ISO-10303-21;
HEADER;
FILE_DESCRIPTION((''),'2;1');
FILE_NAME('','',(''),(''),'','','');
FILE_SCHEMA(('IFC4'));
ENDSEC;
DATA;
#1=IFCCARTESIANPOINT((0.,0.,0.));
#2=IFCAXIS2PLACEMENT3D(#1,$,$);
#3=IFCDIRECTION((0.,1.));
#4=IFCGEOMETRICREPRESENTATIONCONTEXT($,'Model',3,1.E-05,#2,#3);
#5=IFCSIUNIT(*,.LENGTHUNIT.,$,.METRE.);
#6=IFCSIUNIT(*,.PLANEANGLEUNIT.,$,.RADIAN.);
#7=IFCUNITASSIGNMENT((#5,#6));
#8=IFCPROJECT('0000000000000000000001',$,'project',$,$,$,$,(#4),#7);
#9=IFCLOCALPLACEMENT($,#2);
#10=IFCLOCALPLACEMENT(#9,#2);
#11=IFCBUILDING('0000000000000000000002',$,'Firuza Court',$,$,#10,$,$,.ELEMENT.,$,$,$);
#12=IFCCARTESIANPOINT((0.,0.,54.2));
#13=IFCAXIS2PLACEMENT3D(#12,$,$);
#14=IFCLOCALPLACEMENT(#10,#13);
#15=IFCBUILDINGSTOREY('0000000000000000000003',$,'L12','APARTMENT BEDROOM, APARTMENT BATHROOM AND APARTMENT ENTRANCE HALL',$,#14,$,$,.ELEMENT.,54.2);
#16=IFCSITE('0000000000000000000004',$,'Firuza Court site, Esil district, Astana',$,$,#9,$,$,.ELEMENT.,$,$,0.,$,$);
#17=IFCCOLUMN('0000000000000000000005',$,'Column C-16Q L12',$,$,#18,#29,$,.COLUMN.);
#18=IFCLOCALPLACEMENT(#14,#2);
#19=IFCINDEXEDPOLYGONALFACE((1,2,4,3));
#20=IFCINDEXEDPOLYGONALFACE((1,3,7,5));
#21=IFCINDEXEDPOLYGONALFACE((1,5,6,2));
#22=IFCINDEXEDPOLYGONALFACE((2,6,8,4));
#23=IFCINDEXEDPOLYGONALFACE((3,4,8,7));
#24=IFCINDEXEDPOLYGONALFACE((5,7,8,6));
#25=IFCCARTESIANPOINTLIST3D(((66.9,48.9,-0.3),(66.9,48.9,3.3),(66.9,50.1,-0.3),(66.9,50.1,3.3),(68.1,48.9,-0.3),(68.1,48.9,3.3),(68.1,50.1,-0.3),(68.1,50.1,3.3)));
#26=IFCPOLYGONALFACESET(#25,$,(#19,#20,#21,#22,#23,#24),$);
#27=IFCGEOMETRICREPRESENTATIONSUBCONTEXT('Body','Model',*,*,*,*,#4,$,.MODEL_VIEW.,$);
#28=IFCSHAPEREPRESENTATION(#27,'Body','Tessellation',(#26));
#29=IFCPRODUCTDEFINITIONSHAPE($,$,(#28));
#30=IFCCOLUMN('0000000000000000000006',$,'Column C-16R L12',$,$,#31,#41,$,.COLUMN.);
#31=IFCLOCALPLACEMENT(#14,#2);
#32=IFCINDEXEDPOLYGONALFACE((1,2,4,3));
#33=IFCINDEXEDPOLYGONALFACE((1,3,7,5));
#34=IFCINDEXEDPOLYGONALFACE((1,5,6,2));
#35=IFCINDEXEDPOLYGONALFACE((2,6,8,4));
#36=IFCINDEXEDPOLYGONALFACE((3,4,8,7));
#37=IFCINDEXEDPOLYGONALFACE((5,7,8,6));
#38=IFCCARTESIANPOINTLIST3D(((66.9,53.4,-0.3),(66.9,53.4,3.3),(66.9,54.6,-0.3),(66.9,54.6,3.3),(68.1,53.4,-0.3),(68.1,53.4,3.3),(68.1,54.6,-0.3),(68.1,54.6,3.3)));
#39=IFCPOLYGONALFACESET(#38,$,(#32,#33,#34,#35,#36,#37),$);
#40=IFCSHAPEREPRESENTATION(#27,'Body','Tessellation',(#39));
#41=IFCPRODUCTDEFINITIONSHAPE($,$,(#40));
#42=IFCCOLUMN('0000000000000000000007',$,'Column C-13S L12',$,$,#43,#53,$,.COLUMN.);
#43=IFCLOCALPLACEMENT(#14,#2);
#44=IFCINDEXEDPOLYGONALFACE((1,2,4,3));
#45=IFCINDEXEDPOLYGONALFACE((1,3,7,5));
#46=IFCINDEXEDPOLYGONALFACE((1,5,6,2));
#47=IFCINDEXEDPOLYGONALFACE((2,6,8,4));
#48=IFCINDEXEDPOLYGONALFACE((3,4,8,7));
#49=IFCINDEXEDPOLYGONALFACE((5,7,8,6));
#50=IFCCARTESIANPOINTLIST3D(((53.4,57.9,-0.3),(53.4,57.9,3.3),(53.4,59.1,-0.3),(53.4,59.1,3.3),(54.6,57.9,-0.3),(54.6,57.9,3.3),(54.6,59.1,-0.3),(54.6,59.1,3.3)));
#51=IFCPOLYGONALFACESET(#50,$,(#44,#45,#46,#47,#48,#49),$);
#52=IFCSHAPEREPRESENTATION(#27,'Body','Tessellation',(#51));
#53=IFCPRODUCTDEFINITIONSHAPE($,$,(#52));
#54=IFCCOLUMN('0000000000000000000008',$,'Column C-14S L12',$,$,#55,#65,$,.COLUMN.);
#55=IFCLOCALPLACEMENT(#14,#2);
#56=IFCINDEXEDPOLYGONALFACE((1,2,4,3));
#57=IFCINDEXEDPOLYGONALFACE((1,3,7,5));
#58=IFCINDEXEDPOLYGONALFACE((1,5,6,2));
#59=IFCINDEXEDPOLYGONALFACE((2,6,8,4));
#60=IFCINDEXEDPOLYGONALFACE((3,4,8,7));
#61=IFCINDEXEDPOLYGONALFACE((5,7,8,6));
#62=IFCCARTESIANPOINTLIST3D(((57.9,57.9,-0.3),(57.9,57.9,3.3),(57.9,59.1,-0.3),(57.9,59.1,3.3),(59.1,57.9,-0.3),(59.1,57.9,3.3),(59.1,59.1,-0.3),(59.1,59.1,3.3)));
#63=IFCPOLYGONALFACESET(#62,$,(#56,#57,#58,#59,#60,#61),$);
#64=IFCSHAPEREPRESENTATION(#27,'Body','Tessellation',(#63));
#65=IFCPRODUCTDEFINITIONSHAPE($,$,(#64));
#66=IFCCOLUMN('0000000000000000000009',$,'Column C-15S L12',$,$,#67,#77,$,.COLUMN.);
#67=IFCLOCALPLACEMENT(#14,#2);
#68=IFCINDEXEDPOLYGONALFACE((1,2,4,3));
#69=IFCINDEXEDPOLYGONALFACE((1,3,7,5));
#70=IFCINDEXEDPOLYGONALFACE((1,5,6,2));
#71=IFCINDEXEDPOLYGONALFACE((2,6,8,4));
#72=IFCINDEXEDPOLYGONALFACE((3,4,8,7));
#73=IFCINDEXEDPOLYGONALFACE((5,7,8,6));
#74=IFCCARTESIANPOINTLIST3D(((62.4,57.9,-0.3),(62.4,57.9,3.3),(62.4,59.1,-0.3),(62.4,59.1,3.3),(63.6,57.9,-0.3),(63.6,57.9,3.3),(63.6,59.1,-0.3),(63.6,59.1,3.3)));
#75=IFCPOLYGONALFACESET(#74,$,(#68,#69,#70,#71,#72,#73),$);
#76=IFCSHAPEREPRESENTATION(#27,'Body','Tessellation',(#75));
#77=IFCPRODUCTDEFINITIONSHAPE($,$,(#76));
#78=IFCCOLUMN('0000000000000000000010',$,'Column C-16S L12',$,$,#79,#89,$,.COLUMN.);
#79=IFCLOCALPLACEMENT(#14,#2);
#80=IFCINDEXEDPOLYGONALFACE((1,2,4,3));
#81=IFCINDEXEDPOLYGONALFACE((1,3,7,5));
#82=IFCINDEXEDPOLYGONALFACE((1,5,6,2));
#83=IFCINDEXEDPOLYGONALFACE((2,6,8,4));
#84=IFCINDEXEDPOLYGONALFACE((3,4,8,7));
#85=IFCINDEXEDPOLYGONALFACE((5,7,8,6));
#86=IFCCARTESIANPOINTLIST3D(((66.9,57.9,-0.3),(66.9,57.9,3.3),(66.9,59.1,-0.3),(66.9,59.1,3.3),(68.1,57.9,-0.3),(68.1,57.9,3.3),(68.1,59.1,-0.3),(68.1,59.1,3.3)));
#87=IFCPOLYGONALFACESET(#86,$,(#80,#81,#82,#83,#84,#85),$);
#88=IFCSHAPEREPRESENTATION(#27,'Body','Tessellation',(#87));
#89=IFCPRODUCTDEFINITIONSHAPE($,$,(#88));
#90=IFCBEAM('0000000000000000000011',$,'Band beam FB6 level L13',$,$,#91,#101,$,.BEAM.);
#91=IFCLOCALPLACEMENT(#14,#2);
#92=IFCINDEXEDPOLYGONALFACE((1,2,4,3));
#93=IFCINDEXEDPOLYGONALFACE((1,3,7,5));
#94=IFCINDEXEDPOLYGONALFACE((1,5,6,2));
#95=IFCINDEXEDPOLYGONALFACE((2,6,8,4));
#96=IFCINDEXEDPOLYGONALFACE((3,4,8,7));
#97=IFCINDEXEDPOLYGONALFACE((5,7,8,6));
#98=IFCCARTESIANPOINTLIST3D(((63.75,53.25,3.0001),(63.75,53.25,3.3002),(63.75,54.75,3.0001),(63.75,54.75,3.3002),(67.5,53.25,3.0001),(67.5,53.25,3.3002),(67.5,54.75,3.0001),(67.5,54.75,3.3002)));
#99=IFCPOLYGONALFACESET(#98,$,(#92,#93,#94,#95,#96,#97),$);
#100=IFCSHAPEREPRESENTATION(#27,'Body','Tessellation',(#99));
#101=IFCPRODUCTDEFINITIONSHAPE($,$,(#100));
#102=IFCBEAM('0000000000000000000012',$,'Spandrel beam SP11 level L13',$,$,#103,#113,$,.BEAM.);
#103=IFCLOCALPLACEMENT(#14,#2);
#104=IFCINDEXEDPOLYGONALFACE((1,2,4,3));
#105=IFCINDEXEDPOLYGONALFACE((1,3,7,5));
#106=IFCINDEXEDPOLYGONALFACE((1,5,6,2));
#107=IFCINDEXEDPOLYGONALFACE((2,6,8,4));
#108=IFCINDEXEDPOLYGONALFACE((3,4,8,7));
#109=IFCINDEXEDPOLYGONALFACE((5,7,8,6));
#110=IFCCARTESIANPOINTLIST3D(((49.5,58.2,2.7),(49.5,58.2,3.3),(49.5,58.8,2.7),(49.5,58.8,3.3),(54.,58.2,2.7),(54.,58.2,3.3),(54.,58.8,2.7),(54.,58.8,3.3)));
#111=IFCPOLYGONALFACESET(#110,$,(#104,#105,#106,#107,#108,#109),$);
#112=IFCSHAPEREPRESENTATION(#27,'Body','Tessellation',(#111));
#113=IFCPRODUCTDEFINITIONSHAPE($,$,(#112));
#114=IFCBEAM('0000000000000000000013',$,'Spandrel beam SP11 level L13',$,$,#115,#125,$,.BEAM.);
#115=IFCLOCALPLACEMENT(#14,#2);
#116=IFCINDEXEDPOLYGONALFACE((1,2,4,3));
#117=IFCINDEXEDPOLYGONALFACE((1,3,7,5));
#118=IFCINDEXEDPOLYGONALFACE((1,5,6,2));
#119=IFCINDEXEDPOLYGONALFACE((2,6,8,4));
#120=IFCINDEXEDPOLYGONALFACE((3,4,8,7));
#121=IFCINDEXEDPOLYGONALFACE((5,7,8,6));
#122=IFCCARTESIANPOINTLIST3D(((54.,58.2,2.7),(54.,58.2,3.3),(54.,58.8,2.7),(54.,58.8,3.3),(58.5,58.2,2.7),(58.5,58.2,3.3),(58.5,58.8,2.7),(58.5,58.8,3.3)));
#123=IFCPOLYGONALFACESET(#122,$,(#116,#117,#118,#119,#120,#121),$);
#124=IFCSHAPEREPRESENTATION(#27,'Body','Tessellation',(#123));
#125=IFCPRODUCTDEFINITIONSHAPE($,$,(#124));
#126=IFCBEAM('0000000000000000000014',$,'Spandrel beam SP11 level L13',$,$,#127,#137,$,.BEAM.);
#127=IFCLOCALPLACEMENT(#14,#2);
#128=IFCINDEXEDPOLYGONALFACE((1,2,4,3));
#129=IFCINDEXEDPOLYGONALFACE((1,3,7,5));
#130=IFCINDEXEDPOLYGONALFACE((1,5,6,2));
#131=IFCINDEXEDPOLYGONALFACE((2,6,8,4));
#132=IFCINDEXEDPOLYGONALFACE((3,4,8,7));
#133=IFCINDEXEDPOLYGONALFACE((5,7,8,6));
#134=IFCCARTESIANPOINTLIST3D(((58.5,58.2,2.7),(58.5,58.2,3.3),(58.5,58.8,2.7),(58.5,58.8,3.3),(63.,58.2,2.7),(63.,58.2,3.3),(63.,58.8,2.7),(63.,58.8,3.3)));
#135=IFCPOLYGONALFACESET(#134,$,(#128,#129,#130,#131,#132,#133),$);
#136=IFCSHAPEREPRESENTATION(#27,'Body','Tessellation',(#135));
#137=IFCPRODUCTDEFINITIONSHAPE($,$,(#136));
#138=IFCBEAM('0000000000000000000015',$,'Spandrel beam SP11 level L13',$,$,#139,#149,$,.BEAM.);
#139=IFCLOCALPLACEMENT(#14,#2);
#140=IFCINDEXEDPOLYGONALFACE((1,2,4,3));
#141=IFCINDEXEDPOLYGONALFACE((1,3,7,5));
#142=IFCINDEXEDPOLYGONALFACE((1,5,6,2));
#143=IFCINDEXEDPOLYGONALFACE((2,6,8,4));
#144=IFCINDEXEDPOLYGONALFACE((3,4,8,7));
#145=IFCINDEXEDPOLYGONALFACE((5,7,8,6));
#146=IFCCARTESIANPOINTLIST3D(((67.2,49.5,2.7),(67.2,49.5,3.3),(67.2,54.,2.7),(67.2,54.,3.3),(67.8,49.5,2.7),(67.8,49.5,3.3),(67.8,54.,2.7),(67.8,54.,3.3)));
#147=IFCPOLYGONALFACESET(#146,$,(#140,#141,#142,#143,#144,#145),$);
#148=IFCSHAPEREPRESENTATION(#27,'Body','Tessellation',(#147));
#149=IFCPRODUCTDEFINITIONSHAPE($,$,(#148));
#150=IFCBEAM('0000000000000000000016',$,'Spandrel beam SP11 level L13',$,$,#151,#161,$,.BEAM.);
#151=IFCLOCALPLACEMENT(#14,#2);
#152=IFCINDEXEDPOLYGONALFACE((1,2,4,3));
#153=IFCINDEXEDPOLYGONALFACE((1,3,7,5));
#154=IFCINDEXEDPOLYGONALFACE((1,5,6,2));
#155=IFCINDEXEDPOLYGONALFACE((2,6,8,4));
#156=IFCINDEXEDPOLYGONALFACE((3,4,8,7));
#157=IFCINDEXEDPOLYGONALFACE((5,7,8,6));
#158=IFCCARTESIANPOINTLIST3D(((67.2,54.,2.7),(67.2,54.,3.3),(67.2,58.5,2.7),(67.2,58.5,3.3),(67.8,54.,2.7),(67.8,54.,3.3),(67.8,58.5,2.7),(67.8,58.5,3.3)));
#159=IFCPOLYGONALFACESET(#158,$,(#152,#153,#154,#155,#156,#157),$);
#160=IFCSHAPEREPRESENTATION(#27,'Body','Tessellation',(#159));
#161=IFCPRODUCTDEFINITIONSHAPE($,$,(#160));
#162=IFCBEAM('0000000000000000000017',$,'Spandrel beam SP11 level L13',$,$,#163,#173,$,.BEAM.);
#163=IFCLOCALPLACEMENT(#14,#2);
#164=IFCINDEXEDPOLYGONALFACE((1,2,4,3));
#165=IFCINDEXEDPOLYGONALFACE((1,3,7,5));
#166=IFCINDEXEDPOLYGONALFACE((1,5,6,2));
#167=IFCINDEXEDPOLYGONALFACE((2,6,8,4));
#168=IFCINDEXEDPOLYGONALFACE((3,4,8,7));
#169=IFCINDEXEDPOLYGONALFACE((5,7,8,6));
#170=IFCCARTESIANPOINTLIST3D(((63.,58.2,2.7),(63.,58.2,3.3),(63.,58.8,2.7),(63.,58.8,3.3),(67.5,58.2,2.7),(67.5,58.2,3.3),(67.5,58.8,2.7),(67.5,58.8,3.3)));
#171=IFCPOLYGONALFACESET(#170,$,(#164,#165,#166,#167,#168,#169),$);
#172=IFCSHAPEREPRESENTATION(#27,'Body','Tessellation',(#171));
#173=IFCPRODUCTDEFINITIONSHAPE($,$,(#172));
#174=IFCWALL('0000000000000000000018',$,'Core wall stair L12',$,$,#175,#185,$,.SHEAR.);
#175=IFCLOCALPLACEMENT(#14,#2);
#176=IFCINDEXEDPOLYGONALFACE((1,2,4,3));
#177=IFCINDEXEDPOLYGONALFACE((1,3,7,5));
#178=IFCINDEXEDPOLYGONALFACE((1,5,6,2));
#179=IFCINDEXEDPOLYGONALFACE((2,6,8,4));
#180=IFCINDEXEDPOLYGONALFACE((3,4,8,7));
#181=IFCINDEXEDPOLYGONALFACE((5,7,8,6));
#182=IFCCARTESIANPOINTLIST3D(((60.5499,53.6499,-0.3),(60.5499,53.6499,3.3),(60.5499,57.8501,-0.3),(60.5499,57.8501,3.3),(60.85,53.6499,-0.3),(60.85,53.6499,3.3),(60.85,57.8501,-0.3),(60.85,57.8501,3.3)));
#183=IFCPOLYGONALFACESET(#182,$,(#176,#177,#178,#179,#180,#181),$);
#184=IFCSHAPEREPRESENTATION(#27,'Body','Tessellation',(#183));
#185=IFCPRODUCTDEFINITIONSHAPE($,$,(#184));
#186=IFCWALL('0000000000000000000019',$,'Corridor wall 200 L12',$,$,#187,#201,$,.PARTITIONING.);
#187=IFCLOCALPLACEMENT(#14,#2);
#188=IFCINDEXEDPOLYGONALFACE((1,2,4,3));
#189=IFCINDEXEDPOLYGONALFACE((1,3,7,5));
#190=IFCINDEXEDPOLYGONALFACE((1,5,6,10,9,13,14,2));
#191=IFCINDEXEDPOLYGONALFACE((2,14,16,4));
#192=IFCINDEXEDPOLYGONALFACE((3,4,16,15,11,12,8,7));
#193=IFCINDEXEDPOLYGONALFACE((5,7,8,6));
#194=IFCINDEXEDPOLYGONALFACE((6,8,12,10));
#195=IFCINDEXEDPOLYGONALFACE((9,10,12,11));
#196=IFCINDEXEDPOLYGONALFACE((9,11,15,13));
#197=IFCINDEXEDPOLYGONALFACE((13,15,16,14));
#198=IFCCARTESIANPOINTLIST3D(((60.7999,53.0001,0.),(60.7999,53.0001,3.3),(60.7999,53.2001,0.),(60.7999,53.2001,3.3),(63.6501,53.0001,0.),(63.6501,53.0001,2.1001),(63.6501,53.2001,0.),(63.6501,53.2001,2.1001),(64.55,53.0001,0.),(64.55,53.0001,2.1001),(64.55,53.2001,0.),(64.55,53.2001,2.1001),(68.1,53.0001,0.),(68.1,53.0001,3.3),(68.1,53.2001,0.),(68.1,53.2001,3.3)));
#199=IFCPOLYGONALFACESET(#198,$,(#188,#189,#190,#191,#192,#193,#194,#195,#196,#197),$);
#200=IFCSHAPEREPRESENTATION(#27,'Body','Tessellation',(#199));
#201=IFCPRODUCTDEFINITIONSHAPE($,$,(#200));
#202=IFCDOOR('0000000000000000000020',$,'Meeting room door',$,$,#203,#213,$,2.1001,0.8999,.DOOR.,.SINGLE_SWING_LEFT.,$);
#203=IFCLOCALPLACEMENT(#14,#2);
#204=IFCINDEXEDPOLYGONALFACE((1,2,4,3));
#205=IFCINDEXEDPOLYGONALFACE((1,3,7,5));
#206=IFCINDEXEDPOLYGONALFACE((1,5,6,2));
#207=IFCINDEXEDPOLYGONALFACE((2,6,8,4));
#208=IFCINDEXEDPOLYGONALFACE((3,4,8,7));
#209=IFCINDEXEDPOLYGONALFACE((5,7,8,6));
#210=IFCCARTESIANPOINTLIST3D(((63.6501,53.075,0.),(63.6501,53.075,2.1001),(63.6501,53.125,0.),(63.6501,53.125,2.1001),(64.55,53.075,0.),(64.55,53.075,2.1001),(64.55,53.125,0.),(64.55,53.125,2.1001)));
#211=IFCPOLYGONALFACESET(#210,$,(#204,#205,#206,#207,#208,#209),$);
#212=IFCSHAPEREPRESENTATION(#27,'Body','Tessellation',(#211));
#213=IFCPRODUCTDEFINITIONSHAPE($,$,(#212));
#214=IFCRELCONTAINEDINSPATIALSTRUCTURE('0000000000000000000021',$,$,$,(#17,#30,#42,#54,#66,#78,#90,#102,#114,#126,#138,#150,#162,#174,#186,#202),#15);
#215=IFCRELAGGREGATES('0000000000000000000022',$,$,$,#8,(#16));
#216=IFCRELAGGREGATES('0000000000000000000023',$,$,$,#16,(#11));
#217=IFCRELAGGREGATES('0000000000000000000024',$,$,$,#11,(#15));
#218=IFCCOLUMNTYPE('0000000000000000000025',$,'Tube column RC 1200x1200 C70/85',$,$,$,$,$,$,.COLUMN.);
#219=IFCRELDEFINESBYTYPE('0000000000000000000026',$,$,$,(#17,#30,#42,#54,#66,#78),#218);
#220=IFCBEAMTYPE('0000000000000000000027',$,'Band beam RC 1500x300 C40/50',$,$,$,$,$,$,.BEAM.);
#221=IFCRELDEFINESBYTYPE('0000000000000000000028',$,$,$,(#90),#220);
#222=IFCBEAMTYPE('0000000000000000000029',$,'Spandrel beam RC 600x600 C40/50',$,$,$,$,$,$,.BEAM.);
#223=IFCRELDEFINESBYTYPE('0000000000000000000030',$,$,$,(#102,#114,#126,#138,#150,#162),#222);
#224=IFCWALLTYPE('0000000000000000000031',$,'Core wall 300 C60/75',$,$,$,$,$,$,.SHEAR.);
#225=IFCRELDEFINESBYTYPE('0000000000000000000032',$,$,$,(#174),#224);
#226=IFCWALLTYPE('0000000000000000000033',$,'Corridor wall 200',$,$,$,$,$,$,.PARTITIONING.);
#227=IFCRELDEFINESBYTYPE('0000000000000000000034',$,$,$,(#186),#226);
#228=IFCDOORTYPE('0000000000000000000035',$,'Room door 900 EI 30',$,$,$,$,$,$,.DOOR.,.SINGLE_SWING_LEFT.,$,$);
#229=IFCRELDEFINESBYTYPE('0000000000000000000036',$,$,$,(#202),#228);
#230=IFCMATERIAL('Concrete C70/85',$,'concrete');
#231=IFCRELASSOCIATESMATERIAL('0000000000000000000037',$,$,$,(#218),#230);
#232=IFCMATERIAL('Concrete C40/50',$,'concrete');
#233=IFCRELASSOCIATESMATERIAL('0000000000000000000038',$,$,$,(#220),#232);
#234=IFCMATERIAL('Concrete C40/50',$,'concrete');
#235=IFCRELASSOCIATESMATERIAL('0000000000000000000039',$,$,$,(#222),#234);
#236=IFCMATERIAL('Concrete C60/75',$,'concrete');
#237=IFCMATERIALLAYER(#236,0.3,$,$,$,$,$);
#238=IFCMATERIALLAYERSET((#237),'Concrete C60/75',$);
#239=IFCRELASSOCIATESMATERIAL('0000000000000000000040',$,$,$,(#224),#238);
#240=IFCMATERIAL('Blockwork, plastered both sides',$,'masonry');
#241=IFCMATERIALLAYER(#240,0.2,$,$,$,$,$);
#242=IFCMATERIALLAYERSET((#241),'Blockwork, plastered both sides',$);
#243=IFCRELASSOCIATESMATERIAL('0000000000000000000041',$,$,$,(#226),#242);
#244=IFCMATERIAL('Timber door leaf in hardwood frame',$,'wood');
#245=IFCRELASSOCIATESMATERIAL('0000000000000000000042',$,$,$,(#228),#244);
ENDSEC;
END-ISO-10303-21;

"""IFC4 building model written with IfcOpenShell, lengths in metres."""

from ifc_helpers import new_model, si_unit, direction, frame, frame_2d, origin, origin_2d, place, context, subcontext, project, spatial, rectangle, extrude, material, layer, layer_set, material_profile, profile_set, type_object, element, fill, save


model = new_model("IFC4")

# Units and contexts
model_context = context("Model", 3, precision=1e-05, world=origin(), true_north=direction((0.0, 1.0)))
body_context = subcontext(model_context, "Body", "Model", "MODEL_VIEW")
ifc_project = project(units=[si_unit("LENGTHUNIT", "METRE"), si_unit("PLANEANGLEUNIT", "RADIAN")], contexts=[model_context])

# Site, building, storey
site_placement = place(None, origin())
site = spatial("IfcSite", under=ifc_project, at=site_placement, Name="Firuza Court site, Esil district, Astana", CompositionType="ELEMENT", RefElevation=0.0)
building_placement = place(site_placement, origin())
building = spatial("IfcBuilding", under=site, at=building_placement, Name="Firuza Court", CompositionType="ELEMENT")
storey_placement = place(building_placement, frame((0.0, 0.0, 54.2)))
storey = spatial("IfcBuildingStorey", under=building, at=storey_placement, Name="L12", Description="APARTMENT BEDROOM, APARTMENT BATHROOM AND APARTMENT ENTRANCE HALL", CompositionType="ELEMENT", Elevation=54.2)

# Columns
ifc_material_1 = material(Name="Concrete C70/85", Category="concrete")
ifc_material_profile_1 = material_profile(ifc_material_1, rectangle(XDim=1.2, YDim=1.2, at=origin_2d()), Name="RC 1200x1200")
ifc_profile_set_1 = profile_set([ifc_material_profile_1], Name="Concrete C70/85")
column_type = type_object("IfcColumnType", Name="Tube column RC 1200x1200 C70/85", PredefinedType="COLUMN", material=ifc_profile_set_1)
for number, where, z_axis, x_axis, name in (
    (1, (67.5, 49.5, -0.3), (0.0, 0.0, 1.0), (1.0, 0.0, 0.0), "Column C-16Q L12"),
    (2, (67.5, 54.0, -0.3), (0.0, 0.0, 1.0), (1.0, 0.0, 0.0), "Column C-16R L12"),
    (3, (54.0, 58.5, -0.3), (0.0, 0.0, 1.0), (1.0, 0.0, 0.0), "Column C-13S L12"),
    (4, (58.5, 58.5, -0.3), (0.0, 0.0, 1.0), (1.0, 0.0, 0.0), "Column C-14S L12"),
    (5, (63.0, 58.5, -0.3), (0.0, 0.0, 1.0), (1.0, 0.0, 0.0), "Column C-15S L12"),
    (6, (67.5, 58.5, -0.3), (0.0, 0.0, 1.0), (1.0, 0.0, 0.0), "Column C-16S L12"),
):
    element("IfcColumn", number, at=place(storey_placement, frame(where, z_axis=z_axis, x_axis=x_axis)), inside=storey, type_object=column_type, Name=name, PredefinedType="COLUMN", context=body_context, shape_type="SweptSolid", body=[
        extrude(rectangle(XDim=1.2, YDim=1.2, at=origin_2d()), origin(), (0.0, 0.0, 1.0), 3.6001),
    ])

# Beams
ifc_material_2 = material(Name="Concrete C40/50", Category="concrete")
ifc_material_profile_2 = material_profile(ifc_material_2, rectangle(XDim=1.5, YDim=0.3, at=origin_2d()), Name="RC 1500x300")
ifc_profile_set_2 = profile_set([ifc_material_profile_2], Name="Concrete C40/50")
beam_type_1 = type_object("IfcBeamType", Name="Band beam RC 1500x300 C40/50", PredefinedType="BEAM", material=ifc_profile_set_2)
beam_placement = place(storey_placement, frame((67.5, 54.0, 3.1501), z_axis=(-1.0, 0.0, 0.0), x_axis=(0.0, -1.0, 0.0)))
element("IfcBeam", 7, at=beam_placement, inside=storey, type_object=beam_type_1, Name="Band beam FB6 level L13", PredefinedType="BEAM", context=body_context, shape_type="SweptSolid", body=[
    extrude(rectangle(XDim=1.5, YDim=0.3, at=origin_2d()), origin(), (0.0, 0.0, 1.0), 3.75),
])
ifc_material_3 = material(Name="Concrete C40/50", Category="concrete")
ifc_material_profile_3 = material_profile(ifc_material_3, rectangle(XDim=0.6001, YDim=0.6001, at=origin_2d()), Name="RC 600x600")
ifc_profile_set_3 = profile_set([ifc_material_profile_3], Name="Concrete C40/50")
beam_type_2 = type_object("IfcBeamType", Name="Spandrel beam RC 600x600 C40/50", PredefinedType="BEAM", material=ifc_profile_set_3)
for number, where, z_axis, x_axis, name in (
    (8, (54.0, 58.5, 3.0), (-1.0, 0.0, 0.0), (0.0, -1.0, 0.0), "Spandrel beam SP11 level L13"),
    (9, (58.5, 58.5, 3.0), (-1.0, 0.0, 0.0), (0.0, -1.0, 0.0), "Spandrel beam SP11 level L13"),
    (10, (63.0, 58.5, 3.0), (-1.0, 0.0, 0.0), (0.0, -1.0, 0.0), "Spandrel beam SP11 level L13"),
    (11, (67.5, 49.5, 3.0), (0.0, 1.0, 0.0), (-1.0, 0.0, 0.0), "Spandrel beam SP11 level L13"),
    (12, (67.5, 54.0, 3.0), (0.0, 1.0, 0.0), (-1.0, 0.0, 0.0), "Spandrel beam SP11 level L13"),
    (13, (67.5, 58.5, 3.0), (-1.0, 0.0, 0.0), (0.0, -1.0, 0.0), "Spandrel beam SP11 level L13"),
):
    element("IfcBeam", number, at=place(storey_placement, frame(where, z_axis=z_axis, x_axis=x_axis)), inside=storey, type_object=beam_type_2, Name=name, PredefinedType="BEAM", context=body_context, shape_type="SweptSolid", body=[
        extrude(rectangle(XDim=0.6001, YDim=0.6001, at=origin_2d()), origin(), (0.0, 0.0, 1.0), 4.5),
    ])

# Wall
ifc_material_4 = material(Name="Concrete C60/75", Category="concrete")
ifc_layer_1 = layer(ifc_material_4, 0.3)
ifc_layer_set_1 = layer_set([ifc_layer_1], Name="Concrete C60/75")
wall_type_1 = type_object("IfcWallType", Name="Core wall 300 C60/75", PredefinedType="SHEAR", material=ifc_layer_set_1)
wall_1_placement = place(storey_placement, frame((60.7, 53.6499, -0.3), z_axis=(0.0, 0.0, 1.0), x_axis=(0.0, 1.0, 0.0)))
element("IfcWall", 14, at=wall_1_placement, inside=storey, type_object=wall_type_1, Name="Core wall stair L12", PredefinedType="SHEAR", context=body_context, shape_type="SweptSolid", body=[
    extrude(rectangle(XDim=4.2002, YDim=0.3, at=frame_2d((2.1001, 0.0))), origin(), (0.0, 0.0, 1.0), 3.6001),
])

# Wall, opening, door
ifc_material_5 = material(Name="Blockwork, plastered both sides", Category="masonry")
ifc_layer_2 = layer(ifc_material_5, 0.2)
ifc_layer_set_2 = layer_set([ifc_layer_2], Name="Blockwork, plastered both sides")
wall_type_2 = type_object("IfcWallType", Name="Corridor wall 200", PredefinedType="PARTITIONING", material=ifc_layer_set_2)
wall_2_placement = place(storey_placement, frame((60.8, 53.1001, 0.0), z_axis=(0.0, 0.0, 1.0), x_axis=(1.0, 0.0, 0.0)))
wall_2 = element("IfcWall", 15, at=wall_2_placement, inside=storey, type_object=wall_type_2, Name="Corridor wall 200 L12", PredefinedType="PARTITIONING", context=body_context, shape_type="SweptSolid", body=[
    extrude(rectangle(XDim=7.3, YDim=0.2, at=frame_2d((3.6499, 0.0))), origin(), (0.0, 0.0, 1.0), 3.3),
])
opening_1_placement = place(wall_2_placement, frame((2.8501, 0.0, 0.0)))
opening_1 = element("IfcOpeningElement", 16, at=opening_1_placement, cuts=wall_2, PredefinedType="OPENING", context=body_context, shape_type="SweptSolid", body=[
    extrude(rectangle(XDim=0.8999, YDim=2.1001, at=frame_2d((0.45, 1.05))), frame((0.0, 0.1118, 0.0), z_axis=(0.0, -1.0, 0.0), x_axis=(1.0, 0.0, 0.0)), (0.0, 0.0, 1.0), 0.2239),
])
ifc_material_6 = material(Name="Timber door leaf in hardwood frame", Category="wood")
door_type = type_object("IfcDoorType", Name="Room door 900 EI 30", OperationType="SINGLE_SWING_LEFT", PredefinedType="DOOR", material=ifc_material_6)
door_placement = place(opening_1_placement, origin())
door = element("IfcDoor", 17, at=door_placement, inside=storey, type_object=door_type, Name="Meeting room door", OperationType="SINGLE_SWING_LEFT", OverallHeight=2.1001, OverallWidth=0.8999, PredefinedType="DOOR", context=body_context, shape_type="SweptSolid", body=[
    extrude(rectangle(XDim=0.8999, YDim=2.1001, at=frame_2d((0.45, 1.05))), frame((0.0, 0.0249, 0.0), z_axis=(0.0, -1.0, 0.0), x_axis=(1.0, 0.0, 0.0)), (0.0, 0.0, 1.0), 0.05),
])
fill(opening_1, door)

save(model, "model.ifc")
